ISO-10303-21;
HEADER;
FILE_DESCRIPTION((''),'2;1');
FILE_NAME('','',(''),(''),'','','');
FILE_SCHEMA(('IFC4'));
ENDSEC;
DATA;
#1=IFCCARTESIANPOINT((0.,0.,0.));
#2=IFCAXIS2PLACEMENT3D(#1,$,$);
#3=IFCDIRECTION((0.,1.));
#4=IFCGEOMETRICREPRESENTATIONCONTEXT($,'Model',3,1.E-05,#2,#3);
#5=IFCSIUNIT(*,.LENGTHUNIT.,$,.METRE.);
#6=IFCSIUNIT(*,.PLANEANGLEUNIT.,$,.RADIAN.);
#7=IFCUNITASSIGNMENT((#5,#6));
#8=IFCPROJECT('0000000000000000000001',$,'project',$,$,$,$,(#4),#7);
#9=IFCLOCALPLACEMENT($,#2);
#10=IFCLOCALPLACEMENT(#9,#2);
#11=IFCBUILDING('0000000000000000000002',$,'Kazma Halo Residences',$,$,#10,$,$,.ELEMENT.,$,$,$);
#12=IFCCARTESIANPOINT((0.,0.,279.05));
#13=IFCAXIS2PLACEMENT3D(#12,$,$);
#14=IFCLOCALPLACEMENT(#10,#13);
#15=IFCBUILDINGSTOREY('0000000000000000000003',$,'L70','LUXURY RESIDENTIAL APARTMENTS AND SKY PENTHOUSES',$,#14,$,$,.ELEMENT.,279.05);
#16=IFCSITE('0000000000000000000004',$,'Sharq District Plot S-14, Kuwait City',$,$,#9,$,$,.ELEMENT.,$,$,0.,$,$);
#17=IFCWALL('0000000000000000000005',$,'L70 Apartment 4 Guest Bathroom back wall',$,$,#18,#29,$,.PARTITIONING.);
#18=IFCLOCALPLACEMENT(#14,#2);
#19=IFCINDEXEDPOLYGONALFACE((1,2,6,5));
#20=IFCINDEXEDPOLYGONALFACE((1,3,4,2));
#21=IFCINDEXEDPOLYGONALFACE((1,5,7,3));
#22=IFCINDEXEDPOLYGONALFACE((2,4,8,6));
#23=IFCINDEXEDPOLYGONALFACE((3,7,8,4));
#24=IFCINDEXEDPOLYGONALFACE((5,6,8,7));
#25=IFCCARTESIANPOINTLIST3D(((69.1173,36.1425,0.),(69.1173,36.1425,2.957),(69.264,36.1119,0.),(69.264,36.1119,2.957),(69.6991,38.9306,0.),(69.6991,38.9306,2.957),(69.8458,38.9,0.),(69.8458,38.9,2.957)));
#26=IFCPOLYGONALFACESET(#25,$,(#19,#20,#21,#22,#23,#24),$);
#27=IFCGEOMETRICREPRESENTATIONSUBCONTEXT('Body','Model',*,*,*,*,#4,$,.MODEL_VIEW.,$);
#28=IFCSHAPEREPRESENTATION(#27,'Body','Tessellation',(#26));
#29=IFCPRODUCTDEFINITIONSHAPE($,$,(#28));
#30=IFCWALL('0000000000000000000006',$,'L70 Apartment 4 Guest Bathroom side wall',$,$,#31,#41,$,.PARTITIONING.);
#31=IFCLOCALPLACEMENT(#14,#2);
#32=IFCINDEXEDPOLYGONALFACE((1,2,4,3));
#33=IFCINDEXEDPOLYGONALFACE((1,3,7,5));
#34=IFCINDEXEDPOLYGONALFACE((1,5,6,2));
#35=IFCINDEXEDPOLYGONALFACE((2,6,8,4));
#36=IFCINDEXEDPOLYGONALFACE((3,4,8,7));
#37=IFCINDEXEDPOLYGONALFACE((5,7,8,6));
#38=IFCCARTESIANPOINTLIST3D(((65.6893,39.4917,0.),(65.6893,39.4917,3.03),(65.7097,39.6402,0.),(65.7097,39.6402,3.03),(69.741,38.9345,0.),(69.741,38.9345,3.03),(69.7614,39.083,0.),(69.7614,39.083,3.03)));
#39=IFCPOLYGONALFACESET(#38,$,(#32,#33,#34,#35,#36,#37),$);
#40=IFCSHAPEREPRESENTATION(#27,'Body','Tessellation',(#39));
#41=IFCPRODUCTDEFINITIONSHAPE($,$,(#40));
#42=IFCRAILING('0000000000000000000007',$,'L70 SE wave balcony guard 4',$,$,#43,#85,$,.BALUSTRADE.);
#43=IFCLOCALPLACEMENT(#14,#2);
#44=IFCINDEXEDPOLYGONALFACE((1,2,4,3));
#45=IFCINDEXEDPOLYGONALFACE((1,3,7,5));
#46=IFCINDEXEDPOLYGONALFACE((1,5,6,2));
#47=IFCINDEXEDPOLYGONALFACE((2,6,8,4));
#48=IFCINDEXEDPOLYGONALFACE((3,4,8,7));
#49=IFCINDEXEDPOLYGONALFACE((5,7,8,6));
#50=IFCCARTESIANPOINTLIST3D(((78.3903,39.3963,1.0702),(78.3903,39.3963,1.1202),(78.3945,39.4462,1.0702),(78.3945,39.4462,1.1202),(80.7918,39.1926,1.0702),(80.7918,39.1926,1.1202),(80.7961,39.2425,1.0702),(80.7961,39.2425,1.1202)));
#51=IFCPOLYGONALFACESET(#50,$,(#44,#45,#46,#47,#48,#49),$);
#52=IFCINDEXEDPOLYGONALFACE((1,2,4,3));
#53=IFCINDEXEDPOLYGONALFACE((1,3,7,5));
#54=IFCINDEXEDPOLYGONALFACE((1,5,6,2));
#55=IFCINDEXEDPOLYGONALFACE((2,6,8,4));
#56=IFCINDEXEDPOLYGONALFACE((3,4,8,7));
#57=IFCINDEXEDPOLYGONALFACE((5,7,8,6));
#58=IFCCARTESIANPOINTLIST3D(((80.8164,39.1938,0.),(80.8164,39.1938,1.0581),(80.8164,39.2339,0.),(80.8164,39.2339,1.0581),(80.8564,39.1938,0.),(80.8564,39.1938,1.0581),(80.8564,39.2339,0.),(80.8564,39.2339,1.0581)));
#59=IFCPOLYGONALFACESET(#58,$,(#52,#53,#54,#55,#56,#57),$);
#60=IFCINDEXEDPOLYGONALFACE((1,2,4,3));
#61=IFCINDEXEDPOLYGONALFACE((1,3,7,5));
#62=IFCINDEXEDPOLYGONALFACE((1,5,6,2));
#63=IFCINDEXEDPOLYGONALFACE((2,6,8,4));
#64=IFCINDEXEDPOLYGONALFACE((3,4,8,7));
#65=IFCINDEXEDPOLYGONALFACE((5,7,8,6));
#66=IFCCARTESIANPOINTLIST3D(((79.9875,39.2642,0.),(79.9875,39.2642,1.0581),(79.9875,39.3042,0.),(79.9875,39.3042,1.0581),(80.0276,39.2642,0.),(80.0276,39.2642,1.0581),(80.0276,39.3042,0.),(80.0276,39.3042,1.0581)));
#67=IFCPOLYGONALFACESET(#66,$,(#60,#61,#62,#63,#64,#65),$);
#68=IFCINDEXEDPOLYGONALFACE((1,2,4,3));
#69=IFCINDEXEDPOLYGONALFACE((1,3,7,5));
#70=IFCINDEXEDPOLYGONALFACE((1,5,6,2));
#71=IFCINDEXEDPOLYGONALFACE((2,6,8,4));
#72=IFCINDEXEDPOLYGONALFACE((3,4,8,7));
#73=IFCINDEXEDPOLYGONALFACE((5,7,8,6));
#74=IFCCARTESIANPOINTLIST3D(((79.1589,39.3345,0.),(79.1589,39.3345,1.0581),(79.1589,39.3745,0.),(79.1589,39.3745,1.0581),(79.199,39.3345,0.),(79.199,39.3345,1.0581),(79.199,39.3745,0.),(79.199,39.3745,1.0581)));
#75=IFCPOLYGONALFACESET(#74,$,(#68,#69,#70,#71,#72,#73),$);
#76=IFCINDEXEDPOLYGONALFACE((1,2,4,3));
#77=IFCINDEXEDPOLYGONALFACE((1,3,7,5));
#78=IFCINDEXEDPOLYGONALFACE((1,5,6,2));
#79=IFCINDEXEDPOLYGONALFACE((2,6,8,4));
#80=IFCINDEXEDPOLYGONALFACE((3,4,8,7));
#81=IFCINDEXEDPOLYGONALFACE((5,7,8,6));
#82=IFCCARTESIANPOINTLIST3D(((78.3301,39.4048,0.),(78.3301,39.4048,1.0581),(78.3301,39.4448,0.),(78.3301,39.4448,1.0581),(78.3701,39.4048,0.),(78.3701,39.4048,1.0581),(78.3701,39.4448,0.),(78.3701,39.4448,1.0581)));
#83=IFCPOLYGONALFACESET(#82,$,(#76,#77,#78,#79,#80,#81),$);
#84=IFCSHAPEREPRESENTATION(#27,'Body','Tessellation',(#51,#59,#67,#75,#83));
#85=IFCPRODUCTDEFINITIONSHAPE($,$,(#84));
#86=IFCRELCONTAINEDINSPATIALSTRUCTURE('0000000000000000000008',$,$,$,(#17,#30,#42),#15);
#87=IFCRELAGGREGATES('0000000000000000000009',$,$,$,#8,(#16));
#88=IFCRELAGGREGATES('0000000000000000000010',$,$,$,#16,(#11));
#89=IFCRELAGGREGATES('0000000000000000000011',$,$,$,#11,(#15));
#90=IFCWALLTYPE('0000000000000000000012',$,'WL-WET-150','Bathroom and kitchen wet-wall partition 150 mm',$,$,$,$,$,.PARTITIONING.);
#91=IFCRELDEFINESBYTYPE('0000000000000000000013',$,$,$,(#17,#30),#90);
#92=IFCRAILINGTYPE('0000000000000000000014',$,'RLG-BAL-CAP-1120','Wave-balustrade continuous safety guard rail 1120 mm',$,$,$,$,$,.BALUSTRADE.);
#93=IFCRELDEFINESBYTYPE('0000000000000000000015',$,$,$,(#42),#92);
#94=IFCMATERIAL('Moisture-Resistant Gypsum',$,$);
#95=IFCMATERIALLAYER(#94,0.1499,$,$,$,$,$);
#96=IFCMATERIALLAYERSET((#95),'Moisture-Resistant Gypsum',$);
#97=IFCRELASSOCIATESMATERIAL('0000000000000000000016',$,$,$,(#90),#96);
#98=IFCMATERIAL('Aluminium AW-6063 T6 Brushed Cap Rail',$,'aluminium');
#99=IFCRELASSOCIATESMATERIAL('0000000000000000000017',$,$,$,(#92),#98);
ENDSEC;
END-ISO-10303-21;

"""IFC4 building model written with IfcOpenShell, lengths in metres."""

from ifc_helpers import new_model, si_unit, direction, frame, frame_2d, origin, origin_2d, place, context, subcontext, project, spatial, rectangle, extrude, material, layer, layer_set, type_object, element, save


model = new_model("IFC4")

# Units and contexts
model_context = context("Model", 3, precision=1e-05, world=origin(), true_north=direction((0.0, 1.0)))
body_context = subcontext(model_context, "Body", "Model", "MODEL_VIEW")
ifc_project = project(units=[si_unit("LENGTHUNIT", "METRE"), si_unit("PLANEANGLEUNIT", "RADIAN")], contexts=[model_context])

# Site, building, storey
site_placement = place(None, origin())
site = spatial("IfcSite", under=ifc_project, at=site_placement, Name="Sharq District Plot S-14, Kuwait City", CompositionType="ELEMENT", RefElevation=0.0)
building_placement = place(site_placement, origin())
building = spatial("IfcBuilding", under=site, at=building_placement, Name="Kazma Halo Residences", CompositionType="ELEMENT")
storey_placement = place(building_placement, frame((0.0, 0.0, 279.05)))
storey = spatial("IfcBuildingStorey", under=building, at=storey_placement, Name="L70", Description="LUXURY RESIDENTIAL APARTMENTS AND SKY PENTHOUSES", CompositionType="ELEMENT", Elevation=279.05)

# Shared definitions
ifc_material_1 = material(Name="Moisture-Resistant Gypsum")
ifc_layer_1 = layer(ifc_material_1, 0.1499)
ifc_layer_set_1 = layer_set([ifc_layer_1], Name="Moisture-Resistant Gypsum")
wall_type_1 = type_object("IfcWallType", Name="WL-WET-150", Description="Bathroom and kitchen wet-wall partition 150 mm", PredefinedType="PARTITIONING", material=ifc_layer_set_1)

# Walls
wall_1_placement = place(storey_placement, frame((69.1907, 36.1272, 0.0), z_axis=(0.0, 0.0, 1.0), x_axis=(0.204269, 0.978915, 0.0)))
element("IfcWall", 1, at=wall_1_placement, inside=storey, type_object=wall_type_1, Name="L70 Apartment 4 Guest Bathroom back wall", PredefinedType="PARTITIONING", context=body_context, shape_type="SweptSolid", body=[
    extrude(rectangle(XDim=2.8481, YDim=0.1499, at=frame_2d((1.4241, 0.0))), origin(), (0.0, 0.0, 1.0), 2.957),
])
wall_2_placement = place(storey_placement, frame((65.6995, 39.5659, 0.0), z_axis=(0.0, 0.0, 1.0), x_axis=(0.990678, -0.136221, 0.0)))
element("IfcWall", 2, at=wall_2_placement, inside=storey, type_object=wall_type_1, Name="L70 Apartment 4 Guest Bathroom side wall", PredefinedType="PARTITIONING", context=body_context, shape_type="SweptSolid", body=[
    extrude(rectangle(XDim=4.0898, YDim=0.1499, at=frame_2d((2.0449, 0.0))), origin(), (0.0, 0.0, 1.0), 3.03),
])

# Railing
ifc_material_2 = material(Name="Aluminium AW-6063 T6 Brushed Cap Rail", Category="aluminium")
railing_type = type_object("IfcRailingType", Name="RLG-BAL-CAP-1120", Description="Wave-balustrade continuous safety guard rail 1120 mm", PredefinedType="BALUSTRADE", material=ifc_material_2)
railing_placement = place(storey_placement, frame((80.8364, 39.2139, 0.0)))
element("IfcRailing", 3, at=railing_placement, inside=storey, type_object=railing_type, Name="L70 SE wave balcony guard 4", PredefinedType="BALUSTRADE", context=body_context, shape_type="SweptSolid", body=[
    extrude(rectangle(XDim=0.05, YDim=0.05, at=origin_2d()), frame((-0.0425, 0.0037, 1.0952), z_axis=(-0.99642, 0.084535, 0.0), x_axis=(-0.084535, -0.99642, 0.0)), (0.0, 0.0, 1.0), 2.4102),
    extrude(rectangle(XDim=0.04, YDim=0.04, at=origin_2d()), origin(), (0.0, 0.0, 1.0), 1.0581),
    extrude(rectangle(XDim=0.04, YDim=0.04, at=origin_2d()), frame((-0.8289, 0.0703, 0.0)), (0.0, 0.0, 1.0), 1.0581),
    extrude(rectangle(XDim=0.04, YDim=0.04, at=origin_2d()), frame((-1.6575, 0.1406, 0.0)), (0.0, 0.0, 1.0), 1.0581),
    extrude(rectangle(XDim=0.04, YDim=0.04, at=origin_2d()), frame((-2.4863, 0.2109, 0.0)), (0.0, 0.0, 1.0), 1.0581),
])

save(model, "model.ifc")
